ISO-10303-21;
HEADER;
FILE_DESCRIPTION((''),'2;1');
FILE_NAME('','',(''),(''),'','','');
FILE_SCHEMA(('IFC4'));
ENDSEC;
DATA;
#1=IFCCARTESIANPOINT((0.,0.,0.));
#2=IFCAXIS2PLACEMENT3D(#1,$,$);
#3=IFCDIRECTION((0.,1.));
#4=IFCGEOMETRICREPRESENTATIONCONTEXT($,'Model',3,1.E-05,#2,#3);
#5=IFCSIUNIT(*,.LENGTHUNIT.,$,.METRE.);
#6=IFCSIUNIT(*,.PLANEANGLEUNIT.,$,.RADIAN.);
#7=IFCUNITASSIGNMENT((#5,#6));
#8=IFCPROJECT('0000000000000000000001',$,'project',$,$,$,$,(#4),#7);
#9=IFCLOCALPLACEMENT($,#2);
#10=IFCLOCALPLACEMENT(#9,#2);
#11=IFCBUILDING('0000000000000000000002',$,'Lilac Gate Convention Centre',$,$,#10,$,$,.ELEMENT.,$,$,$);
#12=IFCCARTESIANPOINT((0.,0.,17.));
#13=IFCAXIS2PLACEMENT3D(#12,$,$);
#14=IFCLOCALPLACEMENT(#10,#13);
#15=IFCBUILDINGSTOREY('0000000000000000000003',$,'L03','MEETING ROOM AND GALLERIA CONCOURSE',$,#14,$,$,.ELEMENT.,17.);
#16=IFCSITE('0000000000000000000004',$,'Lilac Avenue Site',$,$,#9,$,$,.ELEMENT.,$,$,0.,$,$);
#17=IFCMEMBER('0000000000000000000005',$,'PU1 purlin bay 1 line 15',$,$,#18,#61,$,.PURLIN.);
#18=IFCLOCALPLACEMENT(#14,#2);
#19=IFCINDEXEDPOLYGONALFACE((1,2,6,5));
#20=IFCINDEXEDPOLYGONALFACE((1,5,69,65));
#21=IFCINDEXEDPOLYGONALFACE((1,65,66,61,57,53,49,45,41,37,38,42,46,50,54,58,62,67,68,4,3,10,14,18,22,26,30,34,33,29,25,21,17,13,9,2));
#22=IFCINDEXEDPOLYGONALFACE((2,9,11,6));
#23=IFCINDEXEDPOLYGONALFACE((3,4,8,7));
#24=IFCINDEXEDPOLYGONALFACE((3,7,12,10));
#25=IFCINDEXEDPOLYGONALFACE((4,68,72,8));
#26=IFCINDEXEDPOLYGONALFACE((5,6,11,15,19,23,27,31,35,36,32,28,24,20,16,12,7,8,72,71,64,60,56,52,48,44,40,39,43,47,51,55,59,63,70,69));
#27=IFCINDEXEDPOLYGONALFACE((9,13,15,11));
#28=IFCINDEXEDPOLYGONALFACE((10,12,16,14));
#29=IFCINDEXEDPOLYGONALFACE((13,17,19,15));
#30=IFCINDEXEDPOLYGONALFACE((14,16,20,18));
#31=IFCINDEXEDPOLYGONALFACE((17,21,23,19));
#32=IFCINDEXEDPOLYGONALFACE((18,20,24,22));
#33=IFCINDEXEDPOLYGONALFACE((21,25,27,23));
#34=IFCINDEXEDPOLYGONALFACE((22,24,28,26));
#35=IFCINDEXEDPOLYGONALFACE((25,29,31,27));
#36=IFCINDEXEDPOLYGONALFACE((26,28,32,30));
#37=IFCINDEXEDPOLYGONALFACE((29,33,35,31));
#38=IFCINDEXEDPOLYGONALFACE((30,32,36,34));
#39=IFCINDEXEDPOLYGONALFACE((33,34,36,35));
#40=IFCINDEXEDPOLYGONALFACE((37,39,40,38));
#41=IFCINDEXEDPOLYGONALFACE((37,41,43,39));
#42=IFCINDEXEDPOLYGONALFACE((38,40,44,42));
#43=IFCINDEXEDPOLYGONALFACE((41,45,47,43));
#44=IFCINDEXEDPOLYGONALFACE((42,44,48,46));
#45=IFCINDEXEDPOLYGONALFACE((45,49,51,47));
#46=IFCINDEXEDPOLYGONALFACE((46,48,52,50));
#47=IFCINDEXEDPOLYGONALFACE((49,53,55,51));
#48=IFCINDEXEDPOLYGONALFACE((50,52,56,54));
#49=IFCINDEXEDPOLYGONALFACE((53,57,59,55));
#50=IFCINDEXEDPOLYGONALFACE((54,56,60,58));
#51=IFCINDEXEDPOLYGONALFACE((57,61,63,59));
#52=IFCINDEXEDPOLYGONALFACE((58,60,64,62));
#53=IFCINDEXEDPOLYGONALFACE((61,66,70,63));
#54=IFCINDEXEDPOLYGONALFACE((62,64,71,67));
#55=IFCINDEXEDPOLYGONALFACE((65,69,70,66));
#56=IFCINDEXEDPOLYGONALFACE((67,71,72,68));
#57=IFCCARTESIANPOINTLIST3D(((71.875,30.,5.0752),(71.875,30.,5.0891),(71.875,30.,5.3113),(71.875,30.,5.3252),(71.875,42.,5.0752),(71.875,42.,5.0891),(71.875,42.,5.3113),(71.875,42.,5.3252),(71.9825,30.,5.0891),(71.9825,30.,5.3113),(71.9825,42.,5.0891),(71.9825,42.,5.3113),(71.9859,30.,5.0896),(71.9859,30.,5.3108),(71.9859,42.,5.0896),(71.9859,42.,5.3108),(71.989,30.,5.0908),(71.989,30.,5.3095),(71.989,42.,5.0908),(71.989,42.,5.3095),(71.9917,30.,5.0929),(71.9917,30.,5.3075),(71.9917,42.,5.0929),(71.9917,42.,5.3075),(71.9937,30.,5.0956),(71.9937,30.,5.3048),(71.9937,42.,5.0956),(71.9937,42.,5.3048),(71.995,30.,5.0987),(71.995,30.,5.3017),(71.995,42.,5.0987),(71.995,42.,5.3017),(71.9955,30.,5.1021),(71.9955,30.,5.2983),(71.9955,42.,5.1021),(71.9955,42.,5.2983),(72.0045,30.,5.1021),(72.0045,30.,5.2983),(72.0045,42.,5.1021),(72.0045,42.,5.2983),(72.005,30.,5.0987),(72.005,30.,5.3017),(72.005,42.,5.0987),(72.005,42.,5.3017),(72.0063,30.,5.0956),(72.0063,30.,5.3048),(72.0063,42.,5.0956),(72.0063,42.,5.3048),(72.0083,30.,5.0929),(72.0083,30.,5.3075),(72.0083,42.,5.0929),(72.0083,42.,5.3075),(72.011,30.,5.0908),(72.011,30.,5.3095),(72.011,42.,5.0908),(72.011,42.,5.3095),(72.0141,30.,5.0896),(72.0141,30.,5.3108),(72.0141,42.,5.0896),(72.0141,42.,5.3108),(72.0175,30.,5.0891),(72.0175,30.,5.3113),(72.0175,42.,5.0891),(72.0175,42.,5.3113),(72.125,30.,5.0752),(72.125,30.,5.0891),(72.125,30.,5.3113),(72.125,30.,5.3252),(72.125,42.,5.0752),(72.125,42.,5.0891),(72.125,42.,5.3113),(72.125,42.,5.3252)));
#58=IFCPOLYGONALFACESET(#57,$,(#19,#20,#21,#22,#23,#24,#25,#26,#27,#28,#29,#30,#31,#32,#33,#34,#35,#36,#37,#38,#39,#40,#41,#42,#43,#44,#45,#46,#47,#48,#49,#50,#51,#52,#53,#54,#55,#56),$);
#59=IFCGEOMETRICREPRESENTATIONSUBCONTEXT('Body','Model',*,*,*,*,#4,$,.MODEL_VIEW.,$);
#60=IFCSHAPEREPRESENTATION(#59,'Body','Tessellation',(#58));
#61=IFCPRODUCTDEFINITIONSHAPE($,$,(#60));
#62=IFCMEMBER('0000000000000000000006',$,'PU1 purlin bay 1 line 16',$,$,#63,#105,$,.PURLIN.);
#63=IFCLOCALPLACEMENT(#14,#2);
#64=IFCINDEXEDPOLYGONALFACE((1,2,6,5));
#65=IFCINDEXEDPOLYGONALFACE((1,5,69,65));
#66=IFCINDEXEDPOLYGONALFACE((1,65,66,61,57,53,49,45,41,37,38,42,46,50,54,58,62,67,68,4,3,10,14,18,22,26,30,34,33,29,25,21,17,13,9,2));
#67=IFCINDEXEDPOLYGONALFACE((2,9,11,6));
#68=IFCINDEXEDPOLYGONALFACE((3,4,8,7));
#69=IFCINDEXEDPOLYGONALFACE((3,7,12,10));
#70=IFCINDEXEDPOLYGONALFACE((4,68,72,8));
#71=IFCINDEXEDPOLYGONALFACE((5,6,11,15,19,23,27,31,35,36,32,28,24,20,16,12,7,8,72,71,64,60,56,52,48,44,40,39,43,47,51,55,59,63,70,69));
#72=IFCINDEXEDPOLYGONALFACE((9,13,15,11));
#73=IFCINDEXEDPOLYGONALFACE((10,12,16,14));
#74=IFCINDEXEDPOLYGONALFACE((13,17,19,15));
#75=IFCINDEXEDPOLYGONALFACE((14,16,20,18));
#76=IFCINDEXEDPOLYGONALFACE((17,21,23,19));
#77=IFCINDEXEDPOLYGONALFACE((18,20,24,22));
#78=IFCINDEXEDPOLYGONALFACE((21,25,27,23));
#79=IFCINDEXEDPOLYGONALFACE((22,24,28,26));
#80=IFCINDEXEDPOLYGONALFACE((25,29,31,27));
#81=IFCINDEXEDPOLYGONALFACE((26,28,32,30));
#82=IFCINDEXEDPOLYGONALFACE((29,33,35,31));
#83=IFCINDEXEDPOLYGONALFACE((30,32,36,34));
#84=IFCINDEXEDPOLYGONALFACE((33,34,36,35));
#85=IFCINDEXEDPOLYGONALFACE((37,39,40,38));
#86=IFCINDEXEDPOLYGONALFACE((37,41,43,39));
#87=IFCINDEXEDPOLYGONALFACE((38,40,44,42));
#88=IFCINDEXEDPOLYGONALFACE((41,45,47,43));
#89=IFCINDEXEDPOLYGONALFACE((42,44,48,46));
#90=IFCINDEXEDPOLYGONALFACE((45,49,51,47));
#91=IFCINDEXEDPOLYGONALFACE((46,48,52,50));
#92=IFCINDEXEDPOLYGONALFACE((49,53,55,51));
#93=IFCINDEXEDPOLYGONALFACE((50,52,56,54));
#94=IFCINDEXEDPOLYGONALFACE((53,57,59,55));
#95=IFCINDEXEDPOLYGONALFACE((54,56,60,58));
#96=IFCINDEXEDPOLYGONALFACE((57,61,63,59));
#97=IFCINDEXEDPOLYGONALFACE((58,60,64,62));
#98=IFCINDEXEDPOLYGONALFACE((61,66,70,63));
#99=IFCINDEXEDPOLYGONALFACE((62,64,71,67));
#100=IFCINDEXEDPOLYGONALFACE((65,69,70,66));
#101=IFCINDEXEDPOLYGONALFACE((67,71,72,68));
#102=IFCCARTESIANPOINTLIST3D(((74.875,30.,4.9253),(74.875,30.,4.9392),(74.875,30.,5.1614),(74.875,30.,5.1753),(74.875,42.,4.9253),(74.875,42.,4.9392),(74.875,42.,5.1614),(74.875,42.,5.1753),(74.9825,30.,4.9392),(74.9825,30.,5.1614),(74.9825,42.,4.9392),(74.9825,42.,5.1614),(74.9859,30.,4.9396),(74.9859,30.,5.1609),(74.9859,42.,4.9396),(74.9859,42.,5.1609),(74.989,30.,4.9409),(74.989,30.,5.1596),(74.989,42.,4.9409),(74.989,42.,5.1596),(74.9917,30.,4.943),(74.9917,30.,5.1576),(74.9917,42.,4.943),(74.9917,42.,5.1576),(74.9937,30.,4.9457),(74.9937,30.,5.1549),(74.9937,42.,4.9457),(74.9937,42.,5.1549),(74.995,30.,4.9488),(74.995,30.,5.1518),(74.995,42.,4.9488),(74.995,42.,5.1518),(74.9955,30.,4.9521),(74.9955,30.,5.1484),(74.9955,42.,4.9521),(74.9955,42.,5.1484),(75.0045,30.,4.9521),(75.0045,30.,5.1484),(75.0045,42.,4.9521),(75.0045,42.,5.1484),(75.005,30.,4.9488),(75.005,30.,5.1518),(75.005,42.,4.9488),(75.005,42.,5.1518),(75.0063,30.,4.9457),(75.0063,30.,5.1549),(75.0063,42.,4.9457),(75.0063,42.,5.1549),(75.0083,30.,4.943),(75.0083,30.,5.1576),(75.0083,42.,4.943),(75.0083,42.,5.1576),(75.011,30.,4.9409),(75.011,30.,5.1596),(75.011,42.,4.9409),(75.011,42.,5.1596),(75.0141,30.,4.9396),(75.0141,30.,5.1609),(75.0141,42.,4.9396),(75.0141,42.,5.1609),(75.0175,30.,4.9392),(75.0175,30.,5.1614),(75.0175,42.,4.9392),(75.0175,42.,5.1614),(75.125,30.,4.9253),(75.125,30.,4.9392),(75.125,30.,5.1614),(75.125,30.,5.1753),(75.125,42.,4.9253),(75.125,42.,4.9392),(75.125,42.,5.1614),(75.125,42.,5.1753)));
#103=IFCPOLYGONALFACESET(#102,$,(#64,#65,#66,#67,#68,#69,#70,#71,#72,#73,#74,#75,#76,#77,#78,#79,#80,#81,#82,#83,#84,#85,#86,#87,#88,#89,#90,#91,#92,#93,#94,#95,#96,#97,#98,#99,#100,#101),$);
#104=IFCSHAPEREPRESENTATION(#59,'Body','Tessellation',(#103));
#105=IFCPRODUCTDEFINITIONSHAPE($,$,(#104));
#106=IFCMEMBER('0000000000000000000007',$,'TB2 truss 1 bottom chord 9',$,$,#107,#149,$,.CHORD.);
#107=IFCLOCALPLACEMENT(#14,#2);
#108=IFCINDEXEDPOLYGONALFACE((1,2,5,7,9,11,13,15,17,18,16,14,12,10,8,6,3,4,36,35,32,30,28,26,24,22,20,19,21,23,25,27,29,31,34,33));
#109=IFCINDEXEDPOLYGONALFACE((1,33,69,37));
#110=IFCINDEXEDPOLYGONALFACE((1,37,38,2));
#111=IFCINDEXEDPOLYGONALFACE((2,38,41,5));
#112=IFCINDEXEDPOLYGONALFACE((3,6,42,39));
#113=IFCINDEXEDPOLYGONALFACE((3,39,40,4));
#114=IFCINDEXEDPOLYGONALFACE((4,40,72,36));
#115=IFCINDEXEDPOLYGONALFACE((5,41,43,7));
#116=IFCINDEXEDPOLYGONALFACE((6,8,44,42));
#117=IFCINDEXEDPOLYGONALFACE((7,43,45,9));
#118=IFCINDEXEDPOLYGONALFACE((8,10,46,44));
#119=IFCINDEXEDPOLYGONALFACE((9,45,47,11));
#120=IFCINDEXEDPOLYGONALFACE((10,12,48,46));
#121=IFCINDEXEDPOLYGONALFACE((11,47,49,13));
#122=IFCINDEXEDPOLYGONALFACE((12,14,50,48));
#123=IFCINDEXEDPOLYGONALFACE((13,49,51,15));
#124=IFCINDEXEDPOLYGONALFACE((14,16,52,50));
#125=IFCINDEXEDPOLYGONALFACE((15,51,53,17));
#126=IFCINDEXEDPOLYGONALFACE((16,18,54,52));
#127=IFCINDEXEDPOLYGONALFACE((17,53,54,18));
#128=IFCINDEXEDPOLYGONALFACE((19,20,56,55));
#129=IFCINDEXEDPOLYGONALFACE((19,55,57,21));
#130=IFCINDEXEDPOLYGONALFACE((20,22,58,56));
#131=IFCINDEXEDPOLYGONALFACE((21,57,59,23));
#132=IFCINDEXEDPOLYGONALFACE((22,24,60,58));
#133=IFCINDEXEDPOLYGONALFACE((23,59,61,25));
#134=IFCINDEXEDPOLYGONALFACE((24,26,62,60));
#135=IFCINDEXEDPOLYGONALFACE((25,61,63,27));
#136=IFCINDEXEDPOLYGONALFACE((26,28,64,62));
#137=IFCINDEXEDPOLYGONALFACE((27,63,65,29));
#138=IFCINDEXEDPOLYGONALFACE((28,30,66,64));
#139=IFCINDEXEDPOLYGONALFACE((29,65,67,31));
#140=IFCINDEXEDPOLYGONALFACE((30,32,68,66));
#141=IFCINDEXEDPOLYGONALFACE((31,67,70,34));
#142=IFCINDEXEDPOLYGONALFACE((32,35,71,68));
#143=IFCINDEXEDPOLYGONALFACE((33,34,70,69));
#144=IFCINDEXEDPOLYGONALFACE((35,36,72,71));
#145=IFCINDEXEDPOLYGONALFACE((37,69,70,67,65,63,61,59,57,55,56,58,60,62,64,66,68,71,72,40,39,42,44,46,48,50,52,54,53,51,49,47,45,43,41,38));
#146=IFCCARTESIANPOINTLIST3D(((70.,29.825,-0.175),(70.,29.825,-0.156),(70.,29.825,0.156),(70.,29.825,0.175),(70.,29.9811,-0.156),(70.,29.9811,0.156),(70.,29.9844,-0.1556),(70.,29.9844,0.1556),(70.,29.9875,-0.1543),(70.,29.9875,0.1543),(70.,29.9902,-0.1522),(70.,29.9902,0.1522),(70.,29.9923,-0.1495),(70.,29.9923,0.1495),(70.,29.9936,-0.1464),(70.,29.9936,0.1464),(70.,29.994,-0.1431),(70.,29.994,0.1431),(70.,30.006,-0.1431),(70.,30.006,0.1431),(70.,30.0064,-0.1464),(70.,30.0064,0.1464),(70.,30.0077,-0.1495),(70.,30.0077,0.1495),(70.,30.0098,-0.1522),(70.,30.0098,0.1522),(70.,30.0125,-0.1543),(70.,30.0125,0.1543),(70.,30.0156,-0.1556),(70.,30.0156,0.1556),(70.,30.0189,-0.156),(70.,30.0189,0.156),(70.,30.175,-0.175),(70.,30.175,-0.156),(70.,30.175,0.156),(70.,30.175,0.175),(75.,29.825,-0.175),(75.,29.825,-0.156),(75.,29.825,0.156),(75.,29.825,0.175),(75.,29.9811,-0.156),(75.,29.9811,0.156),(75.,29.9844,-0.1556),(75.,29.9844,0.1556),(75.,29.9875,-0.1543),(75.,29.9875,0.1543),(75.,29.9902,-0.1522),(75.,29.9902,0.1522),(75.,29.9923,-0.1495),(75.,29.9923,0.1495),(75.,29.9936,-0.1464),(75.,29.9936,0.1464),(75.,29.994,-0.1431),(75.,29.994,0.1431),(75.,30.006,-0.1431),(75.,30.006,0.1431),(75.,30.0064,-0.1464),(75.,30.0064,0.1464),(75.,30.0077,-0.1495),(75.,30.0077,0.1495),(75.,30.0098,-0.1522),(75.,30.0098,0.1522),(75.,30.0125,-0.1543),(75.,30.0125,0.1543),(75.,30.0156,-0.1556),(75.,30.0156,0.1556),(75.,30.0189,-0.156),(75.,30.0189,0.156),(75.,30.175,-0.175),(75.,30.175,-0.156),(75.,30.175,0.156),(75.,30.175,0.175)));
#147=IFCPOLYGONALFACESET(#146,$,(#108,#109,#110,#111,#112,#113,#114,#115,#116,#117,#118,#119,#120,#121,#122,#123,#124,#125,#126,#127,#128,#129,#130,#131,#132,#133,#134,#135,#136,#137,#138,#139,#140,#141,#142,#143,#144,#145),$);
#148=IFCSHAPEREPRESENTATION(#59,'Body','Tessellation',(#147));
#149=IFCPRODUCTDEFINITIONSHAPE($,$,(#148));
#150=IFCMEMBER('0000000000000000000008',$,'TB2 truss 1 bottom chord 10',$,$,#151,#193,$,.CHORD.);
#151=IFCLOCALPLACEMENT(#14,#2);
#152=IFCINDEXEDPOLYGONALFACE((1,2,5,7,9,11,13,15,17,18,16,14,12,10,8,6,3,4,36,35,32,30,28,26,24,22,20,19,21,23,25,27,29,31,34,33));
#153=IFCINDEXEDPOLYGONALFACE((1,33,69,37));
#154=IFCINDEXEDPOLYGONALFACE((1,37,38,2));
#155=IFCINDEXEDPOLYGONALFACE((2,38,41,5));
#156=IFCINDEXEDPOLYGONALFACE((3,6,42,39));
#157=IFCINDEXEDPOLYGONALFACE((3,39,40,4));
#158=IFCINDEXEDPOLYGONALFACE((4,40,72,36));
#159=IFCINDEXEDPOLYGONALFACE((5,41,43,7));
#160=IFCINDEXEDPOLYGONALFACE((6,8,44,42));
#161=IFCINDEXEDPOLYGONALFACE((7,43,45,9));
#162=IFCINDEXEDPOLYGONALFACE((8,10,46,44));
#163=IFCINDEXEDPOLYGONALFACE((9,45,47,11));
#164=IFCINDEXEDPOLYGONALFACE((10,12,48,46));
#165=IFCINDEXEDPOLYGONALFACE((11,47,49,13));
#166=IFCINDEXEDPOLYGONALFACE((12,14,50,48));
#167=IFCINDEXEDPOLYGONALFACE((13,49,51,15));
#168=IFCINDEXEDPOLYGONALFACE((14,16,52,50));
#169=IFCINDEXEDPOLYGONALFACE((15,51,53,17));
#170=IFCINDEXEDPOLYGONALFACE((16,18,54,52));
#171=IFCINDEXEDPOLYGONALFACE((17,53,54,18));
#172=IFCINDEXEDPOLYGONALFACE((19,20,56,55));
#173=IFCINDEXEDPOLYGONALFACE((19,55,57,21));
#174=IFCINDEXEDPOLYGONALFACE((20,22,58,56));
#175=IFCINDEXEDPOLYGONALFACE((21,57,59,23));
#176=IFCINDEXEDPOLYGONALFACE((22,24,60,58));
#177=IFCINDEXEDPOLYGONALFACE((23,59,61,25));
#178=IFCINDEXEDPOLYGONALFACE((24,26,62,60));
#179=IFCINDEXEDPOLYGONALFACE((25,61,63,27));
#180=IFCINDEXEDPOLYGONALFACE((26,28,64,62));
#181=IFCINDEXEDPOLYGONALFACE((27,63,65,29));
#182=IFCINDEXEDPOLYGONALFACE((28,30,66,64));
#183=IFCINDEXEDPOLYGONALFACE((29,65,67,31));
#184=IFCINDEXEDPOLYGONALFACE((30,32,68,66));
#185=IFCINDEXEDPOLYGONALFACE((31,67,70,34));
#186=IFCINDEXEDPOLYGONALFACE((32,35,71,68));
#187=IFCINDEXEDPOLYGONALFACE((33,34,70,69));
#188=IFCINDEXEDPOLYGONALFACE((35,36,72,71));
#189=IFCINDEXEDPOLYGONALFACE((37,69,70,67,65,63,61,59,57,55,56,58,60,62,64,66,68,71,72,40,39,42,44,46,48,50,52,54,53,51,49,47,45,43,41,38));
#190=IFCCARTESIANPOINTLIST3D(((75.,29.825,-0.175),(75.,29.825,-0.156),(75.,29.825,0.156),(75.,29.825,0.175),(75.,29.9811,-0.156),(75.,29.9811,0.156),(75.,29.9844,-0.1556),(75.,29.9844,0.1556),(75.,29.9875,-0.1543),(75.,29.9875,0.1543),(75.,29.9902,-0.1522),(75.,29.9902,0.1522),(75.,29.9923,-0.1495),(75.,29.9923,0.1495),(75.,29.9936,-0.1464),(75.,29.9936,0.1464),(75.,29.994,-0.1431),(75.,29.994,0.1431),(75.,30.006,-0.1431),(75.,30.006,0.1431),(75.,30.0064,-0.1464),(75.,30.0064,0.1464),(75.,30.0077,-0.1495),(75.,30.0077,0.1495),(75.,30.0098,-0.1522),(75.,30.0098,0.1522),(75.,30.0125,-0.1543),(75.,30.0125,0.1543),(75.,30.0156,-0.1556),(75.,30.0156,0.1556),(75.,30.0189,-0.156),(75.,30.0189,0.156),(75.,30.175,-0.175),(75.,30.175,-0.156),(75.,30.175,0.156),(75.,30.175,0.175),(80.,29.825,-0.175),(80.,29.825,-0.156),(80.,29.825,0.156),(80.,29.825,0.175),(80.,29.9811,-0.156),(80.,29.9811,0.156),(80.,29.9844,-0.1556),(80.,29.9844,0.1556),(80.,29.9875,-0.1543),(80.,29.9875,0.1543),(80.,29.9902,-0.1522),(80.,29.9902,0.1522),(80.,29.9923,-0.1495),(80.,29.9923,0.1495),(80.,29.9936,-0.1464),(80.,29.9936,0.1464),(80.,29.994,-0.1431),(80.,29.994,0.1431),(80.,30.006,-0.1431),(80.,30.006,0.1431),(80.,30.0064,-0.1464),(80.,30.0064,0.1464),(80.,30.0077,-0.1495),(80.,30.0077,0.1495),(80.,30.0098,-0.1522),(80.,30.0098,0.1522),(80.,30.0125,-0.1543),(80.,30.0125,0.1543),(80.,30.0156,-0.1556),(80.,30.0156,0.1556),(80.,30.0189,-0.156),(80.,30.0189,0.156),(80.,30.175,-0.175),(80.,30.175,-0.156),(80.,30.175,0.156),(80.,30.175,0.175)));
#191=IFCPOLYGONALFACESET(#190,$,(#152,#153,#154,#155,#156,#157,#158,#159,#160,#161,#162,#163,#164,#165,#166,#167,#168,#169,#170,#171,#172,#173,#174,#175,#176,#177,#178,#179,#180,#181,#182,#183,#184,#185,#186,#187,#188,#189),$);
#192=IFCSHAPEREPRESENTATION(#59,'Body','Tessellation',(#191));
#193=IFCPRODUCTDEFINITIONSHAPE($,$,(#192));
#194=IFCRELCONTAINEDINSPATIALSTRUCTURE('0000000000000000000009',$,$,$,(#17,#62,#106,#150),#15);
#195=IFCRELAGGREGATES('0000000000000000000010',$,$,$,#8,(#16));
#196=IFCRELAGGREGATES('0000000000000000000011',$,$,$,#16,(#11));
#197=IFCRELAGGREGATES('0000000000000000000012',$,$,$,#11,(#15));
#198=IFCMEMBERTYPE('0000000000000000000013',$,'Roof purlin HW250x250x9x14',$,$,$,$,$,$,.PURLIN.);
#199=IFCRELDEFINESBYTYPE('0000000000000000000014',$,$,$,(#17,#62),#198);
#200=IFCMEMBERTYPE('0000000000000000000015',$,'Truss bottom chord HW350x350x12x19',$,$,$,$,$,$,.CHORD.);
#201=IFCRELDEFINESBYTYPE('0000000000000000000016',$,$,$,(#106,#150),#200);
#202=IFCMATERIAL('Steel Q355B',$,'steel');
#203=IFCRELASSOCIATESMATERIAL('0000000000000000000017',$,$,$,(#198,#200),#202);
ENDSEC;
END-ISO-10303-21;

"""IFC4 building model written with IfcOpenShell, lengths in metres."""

from ifc_helpers import new_model, si_unit, direction, frame, origin, origin_2d, place, context, subcontext, project, spatial, i_section, extrude, material, material_profile, profile_set, type_object, element, save


model = new_model("IFC4")

# Units and contexts
model_context = context("Model", 3, precision=1e-05, world=origin(), true_north=direction((0.0, 1.0)))
body_context = subcontext(model_context, "Body", "Model", "MODEL_VIEW")
ifc_project = project(units=[si_unit("LENGTHUNIT", "METRE"), si_unit("PLANEANGLEUNIT", "RADIAN")], contexts=[model_context])

# Site, building, storey
site_placement = place(None, origin())
site = spatial("IfcSite", under=ifc_project, at=site_placement, Name="Lilac Avenue Site", CompositionType="ELEMENT", RefElevation=0.0)
building_placement = place(site_placement, origin())
building = spatial("IfcBuilding", under=site, at=building_placement, Name="Lilac Gate Convention Centre", CompositionType="ELEMENT")
storey_placement = place(building_placement, frame((0.0, 0.0, 17.0)))
storey = spatial("IfcBuildingStorey", under=building, at=storey_placement, Name="L03", Description="MEETING ROOM AND GALLERIA CONCOURSE", CompositionType="ELEMENT", Elevation=17.0)

# Members
ifc_material = material(Name="Steel Q355B", Category="steel")
ifc_material_profile_1 = material_profile(ifc_material, i_section(OverallWidth=0.25, OverallDepth=0.25, WebThickness=0.009, FlangeThickness=0.0139, FilletRadius=0.0129, at=origin_2d()), Name="HW250x250x9x14")
ifc_profile_set_1 = profile_set([ifc_material_profile_1], Name="Steel Q355B")
member_type_1 = type_object("IfcMemberType", Name="Roof purlin HW250x250x9x14", PredefinedType="PURLIN", material=ifc_profile_set_1)
for number, where, z_axis, x_axis, name in (
    (1, (72.0, 30.0, 5.2002), (0.0, 1.0, 0.0), (-1.0, 0.0, 0.0), "PU1 purlin bay 1 line 15"),
    (2, (75.0, 30.0, 5.0503), (0.0, 1.0, 0.0), (-1.0, 0.0, 0.0), "PU1 purlin bay 1 line 16"),
):
    element("IfcMember", number, at=place(storey_placement, frame(where, z_axis=z_axis, x_axis=x_axis)), inside=storey, type_object=member_type_1, Name=name, PredefinedType="PURLIN", context=body_context, shape_type="SweptSolid", body=[
        extrude(i_section(OverallWidth=0.25, OverallDepth=0.25, WebThickness=0.009, FlangeThickness=0.0139, FilletRadius=0.0129, at=origin_2d()), origin(), (0.0, 0.0, 1.0), 12.0),
    ])
ifc_material_profile_2 = material_profile(ifc_material, i_section(OverallWidth=0.3501, OverallDepth=0.3501, WebThickness=0.012, FlangeThickness=0.019, FilletRadius=0.0129, at=origin_2d()), Name="HW350x350x12x19")
ifc_profile_set_2 = profile_set([ifc_material_profile_2], Name="Steel Q355B")
member_type_2 = type_object("IfcMemberType", Name="Truss bottom chord HW350x350x12x19", PredefinedType="CHORD", material=ifc_profile_set_2)
for number, where, z_axis, x_axis, name in (
    (3, (70.0, 30.0, 0.0), (1.0, 0.0, 0.0), (0.0, 1.0, 0.0), "TB2 truss 1 bottom chord 9"),
    (4, (75.0, 30.0, 0.0), (1.0, 0.0, 0.0), (0.0, 1.0, 0.0), "TB2 truss 1 bottom chord 10"),
):
    element("IfcMember", number, at=place(storey_placement, frame(where, z_axis=z_axis, x_axis=x_axis)), inside=storey, type_object=member_type_2, Name=name, PredefinedType="CHORD", context=body_context, shape_type="SweptSolid", body=[
        extrude(i_section(OverallWidth=0.3501, OverallDepth=0.3501, WebThickness=0.012, FlangeThickness=0.019, FilletRadius=0.0129, at=origin_2d()), origin(), (0.0, 0.0, 1.0), 5.0),
    ])

save(model, "model.ifc")
